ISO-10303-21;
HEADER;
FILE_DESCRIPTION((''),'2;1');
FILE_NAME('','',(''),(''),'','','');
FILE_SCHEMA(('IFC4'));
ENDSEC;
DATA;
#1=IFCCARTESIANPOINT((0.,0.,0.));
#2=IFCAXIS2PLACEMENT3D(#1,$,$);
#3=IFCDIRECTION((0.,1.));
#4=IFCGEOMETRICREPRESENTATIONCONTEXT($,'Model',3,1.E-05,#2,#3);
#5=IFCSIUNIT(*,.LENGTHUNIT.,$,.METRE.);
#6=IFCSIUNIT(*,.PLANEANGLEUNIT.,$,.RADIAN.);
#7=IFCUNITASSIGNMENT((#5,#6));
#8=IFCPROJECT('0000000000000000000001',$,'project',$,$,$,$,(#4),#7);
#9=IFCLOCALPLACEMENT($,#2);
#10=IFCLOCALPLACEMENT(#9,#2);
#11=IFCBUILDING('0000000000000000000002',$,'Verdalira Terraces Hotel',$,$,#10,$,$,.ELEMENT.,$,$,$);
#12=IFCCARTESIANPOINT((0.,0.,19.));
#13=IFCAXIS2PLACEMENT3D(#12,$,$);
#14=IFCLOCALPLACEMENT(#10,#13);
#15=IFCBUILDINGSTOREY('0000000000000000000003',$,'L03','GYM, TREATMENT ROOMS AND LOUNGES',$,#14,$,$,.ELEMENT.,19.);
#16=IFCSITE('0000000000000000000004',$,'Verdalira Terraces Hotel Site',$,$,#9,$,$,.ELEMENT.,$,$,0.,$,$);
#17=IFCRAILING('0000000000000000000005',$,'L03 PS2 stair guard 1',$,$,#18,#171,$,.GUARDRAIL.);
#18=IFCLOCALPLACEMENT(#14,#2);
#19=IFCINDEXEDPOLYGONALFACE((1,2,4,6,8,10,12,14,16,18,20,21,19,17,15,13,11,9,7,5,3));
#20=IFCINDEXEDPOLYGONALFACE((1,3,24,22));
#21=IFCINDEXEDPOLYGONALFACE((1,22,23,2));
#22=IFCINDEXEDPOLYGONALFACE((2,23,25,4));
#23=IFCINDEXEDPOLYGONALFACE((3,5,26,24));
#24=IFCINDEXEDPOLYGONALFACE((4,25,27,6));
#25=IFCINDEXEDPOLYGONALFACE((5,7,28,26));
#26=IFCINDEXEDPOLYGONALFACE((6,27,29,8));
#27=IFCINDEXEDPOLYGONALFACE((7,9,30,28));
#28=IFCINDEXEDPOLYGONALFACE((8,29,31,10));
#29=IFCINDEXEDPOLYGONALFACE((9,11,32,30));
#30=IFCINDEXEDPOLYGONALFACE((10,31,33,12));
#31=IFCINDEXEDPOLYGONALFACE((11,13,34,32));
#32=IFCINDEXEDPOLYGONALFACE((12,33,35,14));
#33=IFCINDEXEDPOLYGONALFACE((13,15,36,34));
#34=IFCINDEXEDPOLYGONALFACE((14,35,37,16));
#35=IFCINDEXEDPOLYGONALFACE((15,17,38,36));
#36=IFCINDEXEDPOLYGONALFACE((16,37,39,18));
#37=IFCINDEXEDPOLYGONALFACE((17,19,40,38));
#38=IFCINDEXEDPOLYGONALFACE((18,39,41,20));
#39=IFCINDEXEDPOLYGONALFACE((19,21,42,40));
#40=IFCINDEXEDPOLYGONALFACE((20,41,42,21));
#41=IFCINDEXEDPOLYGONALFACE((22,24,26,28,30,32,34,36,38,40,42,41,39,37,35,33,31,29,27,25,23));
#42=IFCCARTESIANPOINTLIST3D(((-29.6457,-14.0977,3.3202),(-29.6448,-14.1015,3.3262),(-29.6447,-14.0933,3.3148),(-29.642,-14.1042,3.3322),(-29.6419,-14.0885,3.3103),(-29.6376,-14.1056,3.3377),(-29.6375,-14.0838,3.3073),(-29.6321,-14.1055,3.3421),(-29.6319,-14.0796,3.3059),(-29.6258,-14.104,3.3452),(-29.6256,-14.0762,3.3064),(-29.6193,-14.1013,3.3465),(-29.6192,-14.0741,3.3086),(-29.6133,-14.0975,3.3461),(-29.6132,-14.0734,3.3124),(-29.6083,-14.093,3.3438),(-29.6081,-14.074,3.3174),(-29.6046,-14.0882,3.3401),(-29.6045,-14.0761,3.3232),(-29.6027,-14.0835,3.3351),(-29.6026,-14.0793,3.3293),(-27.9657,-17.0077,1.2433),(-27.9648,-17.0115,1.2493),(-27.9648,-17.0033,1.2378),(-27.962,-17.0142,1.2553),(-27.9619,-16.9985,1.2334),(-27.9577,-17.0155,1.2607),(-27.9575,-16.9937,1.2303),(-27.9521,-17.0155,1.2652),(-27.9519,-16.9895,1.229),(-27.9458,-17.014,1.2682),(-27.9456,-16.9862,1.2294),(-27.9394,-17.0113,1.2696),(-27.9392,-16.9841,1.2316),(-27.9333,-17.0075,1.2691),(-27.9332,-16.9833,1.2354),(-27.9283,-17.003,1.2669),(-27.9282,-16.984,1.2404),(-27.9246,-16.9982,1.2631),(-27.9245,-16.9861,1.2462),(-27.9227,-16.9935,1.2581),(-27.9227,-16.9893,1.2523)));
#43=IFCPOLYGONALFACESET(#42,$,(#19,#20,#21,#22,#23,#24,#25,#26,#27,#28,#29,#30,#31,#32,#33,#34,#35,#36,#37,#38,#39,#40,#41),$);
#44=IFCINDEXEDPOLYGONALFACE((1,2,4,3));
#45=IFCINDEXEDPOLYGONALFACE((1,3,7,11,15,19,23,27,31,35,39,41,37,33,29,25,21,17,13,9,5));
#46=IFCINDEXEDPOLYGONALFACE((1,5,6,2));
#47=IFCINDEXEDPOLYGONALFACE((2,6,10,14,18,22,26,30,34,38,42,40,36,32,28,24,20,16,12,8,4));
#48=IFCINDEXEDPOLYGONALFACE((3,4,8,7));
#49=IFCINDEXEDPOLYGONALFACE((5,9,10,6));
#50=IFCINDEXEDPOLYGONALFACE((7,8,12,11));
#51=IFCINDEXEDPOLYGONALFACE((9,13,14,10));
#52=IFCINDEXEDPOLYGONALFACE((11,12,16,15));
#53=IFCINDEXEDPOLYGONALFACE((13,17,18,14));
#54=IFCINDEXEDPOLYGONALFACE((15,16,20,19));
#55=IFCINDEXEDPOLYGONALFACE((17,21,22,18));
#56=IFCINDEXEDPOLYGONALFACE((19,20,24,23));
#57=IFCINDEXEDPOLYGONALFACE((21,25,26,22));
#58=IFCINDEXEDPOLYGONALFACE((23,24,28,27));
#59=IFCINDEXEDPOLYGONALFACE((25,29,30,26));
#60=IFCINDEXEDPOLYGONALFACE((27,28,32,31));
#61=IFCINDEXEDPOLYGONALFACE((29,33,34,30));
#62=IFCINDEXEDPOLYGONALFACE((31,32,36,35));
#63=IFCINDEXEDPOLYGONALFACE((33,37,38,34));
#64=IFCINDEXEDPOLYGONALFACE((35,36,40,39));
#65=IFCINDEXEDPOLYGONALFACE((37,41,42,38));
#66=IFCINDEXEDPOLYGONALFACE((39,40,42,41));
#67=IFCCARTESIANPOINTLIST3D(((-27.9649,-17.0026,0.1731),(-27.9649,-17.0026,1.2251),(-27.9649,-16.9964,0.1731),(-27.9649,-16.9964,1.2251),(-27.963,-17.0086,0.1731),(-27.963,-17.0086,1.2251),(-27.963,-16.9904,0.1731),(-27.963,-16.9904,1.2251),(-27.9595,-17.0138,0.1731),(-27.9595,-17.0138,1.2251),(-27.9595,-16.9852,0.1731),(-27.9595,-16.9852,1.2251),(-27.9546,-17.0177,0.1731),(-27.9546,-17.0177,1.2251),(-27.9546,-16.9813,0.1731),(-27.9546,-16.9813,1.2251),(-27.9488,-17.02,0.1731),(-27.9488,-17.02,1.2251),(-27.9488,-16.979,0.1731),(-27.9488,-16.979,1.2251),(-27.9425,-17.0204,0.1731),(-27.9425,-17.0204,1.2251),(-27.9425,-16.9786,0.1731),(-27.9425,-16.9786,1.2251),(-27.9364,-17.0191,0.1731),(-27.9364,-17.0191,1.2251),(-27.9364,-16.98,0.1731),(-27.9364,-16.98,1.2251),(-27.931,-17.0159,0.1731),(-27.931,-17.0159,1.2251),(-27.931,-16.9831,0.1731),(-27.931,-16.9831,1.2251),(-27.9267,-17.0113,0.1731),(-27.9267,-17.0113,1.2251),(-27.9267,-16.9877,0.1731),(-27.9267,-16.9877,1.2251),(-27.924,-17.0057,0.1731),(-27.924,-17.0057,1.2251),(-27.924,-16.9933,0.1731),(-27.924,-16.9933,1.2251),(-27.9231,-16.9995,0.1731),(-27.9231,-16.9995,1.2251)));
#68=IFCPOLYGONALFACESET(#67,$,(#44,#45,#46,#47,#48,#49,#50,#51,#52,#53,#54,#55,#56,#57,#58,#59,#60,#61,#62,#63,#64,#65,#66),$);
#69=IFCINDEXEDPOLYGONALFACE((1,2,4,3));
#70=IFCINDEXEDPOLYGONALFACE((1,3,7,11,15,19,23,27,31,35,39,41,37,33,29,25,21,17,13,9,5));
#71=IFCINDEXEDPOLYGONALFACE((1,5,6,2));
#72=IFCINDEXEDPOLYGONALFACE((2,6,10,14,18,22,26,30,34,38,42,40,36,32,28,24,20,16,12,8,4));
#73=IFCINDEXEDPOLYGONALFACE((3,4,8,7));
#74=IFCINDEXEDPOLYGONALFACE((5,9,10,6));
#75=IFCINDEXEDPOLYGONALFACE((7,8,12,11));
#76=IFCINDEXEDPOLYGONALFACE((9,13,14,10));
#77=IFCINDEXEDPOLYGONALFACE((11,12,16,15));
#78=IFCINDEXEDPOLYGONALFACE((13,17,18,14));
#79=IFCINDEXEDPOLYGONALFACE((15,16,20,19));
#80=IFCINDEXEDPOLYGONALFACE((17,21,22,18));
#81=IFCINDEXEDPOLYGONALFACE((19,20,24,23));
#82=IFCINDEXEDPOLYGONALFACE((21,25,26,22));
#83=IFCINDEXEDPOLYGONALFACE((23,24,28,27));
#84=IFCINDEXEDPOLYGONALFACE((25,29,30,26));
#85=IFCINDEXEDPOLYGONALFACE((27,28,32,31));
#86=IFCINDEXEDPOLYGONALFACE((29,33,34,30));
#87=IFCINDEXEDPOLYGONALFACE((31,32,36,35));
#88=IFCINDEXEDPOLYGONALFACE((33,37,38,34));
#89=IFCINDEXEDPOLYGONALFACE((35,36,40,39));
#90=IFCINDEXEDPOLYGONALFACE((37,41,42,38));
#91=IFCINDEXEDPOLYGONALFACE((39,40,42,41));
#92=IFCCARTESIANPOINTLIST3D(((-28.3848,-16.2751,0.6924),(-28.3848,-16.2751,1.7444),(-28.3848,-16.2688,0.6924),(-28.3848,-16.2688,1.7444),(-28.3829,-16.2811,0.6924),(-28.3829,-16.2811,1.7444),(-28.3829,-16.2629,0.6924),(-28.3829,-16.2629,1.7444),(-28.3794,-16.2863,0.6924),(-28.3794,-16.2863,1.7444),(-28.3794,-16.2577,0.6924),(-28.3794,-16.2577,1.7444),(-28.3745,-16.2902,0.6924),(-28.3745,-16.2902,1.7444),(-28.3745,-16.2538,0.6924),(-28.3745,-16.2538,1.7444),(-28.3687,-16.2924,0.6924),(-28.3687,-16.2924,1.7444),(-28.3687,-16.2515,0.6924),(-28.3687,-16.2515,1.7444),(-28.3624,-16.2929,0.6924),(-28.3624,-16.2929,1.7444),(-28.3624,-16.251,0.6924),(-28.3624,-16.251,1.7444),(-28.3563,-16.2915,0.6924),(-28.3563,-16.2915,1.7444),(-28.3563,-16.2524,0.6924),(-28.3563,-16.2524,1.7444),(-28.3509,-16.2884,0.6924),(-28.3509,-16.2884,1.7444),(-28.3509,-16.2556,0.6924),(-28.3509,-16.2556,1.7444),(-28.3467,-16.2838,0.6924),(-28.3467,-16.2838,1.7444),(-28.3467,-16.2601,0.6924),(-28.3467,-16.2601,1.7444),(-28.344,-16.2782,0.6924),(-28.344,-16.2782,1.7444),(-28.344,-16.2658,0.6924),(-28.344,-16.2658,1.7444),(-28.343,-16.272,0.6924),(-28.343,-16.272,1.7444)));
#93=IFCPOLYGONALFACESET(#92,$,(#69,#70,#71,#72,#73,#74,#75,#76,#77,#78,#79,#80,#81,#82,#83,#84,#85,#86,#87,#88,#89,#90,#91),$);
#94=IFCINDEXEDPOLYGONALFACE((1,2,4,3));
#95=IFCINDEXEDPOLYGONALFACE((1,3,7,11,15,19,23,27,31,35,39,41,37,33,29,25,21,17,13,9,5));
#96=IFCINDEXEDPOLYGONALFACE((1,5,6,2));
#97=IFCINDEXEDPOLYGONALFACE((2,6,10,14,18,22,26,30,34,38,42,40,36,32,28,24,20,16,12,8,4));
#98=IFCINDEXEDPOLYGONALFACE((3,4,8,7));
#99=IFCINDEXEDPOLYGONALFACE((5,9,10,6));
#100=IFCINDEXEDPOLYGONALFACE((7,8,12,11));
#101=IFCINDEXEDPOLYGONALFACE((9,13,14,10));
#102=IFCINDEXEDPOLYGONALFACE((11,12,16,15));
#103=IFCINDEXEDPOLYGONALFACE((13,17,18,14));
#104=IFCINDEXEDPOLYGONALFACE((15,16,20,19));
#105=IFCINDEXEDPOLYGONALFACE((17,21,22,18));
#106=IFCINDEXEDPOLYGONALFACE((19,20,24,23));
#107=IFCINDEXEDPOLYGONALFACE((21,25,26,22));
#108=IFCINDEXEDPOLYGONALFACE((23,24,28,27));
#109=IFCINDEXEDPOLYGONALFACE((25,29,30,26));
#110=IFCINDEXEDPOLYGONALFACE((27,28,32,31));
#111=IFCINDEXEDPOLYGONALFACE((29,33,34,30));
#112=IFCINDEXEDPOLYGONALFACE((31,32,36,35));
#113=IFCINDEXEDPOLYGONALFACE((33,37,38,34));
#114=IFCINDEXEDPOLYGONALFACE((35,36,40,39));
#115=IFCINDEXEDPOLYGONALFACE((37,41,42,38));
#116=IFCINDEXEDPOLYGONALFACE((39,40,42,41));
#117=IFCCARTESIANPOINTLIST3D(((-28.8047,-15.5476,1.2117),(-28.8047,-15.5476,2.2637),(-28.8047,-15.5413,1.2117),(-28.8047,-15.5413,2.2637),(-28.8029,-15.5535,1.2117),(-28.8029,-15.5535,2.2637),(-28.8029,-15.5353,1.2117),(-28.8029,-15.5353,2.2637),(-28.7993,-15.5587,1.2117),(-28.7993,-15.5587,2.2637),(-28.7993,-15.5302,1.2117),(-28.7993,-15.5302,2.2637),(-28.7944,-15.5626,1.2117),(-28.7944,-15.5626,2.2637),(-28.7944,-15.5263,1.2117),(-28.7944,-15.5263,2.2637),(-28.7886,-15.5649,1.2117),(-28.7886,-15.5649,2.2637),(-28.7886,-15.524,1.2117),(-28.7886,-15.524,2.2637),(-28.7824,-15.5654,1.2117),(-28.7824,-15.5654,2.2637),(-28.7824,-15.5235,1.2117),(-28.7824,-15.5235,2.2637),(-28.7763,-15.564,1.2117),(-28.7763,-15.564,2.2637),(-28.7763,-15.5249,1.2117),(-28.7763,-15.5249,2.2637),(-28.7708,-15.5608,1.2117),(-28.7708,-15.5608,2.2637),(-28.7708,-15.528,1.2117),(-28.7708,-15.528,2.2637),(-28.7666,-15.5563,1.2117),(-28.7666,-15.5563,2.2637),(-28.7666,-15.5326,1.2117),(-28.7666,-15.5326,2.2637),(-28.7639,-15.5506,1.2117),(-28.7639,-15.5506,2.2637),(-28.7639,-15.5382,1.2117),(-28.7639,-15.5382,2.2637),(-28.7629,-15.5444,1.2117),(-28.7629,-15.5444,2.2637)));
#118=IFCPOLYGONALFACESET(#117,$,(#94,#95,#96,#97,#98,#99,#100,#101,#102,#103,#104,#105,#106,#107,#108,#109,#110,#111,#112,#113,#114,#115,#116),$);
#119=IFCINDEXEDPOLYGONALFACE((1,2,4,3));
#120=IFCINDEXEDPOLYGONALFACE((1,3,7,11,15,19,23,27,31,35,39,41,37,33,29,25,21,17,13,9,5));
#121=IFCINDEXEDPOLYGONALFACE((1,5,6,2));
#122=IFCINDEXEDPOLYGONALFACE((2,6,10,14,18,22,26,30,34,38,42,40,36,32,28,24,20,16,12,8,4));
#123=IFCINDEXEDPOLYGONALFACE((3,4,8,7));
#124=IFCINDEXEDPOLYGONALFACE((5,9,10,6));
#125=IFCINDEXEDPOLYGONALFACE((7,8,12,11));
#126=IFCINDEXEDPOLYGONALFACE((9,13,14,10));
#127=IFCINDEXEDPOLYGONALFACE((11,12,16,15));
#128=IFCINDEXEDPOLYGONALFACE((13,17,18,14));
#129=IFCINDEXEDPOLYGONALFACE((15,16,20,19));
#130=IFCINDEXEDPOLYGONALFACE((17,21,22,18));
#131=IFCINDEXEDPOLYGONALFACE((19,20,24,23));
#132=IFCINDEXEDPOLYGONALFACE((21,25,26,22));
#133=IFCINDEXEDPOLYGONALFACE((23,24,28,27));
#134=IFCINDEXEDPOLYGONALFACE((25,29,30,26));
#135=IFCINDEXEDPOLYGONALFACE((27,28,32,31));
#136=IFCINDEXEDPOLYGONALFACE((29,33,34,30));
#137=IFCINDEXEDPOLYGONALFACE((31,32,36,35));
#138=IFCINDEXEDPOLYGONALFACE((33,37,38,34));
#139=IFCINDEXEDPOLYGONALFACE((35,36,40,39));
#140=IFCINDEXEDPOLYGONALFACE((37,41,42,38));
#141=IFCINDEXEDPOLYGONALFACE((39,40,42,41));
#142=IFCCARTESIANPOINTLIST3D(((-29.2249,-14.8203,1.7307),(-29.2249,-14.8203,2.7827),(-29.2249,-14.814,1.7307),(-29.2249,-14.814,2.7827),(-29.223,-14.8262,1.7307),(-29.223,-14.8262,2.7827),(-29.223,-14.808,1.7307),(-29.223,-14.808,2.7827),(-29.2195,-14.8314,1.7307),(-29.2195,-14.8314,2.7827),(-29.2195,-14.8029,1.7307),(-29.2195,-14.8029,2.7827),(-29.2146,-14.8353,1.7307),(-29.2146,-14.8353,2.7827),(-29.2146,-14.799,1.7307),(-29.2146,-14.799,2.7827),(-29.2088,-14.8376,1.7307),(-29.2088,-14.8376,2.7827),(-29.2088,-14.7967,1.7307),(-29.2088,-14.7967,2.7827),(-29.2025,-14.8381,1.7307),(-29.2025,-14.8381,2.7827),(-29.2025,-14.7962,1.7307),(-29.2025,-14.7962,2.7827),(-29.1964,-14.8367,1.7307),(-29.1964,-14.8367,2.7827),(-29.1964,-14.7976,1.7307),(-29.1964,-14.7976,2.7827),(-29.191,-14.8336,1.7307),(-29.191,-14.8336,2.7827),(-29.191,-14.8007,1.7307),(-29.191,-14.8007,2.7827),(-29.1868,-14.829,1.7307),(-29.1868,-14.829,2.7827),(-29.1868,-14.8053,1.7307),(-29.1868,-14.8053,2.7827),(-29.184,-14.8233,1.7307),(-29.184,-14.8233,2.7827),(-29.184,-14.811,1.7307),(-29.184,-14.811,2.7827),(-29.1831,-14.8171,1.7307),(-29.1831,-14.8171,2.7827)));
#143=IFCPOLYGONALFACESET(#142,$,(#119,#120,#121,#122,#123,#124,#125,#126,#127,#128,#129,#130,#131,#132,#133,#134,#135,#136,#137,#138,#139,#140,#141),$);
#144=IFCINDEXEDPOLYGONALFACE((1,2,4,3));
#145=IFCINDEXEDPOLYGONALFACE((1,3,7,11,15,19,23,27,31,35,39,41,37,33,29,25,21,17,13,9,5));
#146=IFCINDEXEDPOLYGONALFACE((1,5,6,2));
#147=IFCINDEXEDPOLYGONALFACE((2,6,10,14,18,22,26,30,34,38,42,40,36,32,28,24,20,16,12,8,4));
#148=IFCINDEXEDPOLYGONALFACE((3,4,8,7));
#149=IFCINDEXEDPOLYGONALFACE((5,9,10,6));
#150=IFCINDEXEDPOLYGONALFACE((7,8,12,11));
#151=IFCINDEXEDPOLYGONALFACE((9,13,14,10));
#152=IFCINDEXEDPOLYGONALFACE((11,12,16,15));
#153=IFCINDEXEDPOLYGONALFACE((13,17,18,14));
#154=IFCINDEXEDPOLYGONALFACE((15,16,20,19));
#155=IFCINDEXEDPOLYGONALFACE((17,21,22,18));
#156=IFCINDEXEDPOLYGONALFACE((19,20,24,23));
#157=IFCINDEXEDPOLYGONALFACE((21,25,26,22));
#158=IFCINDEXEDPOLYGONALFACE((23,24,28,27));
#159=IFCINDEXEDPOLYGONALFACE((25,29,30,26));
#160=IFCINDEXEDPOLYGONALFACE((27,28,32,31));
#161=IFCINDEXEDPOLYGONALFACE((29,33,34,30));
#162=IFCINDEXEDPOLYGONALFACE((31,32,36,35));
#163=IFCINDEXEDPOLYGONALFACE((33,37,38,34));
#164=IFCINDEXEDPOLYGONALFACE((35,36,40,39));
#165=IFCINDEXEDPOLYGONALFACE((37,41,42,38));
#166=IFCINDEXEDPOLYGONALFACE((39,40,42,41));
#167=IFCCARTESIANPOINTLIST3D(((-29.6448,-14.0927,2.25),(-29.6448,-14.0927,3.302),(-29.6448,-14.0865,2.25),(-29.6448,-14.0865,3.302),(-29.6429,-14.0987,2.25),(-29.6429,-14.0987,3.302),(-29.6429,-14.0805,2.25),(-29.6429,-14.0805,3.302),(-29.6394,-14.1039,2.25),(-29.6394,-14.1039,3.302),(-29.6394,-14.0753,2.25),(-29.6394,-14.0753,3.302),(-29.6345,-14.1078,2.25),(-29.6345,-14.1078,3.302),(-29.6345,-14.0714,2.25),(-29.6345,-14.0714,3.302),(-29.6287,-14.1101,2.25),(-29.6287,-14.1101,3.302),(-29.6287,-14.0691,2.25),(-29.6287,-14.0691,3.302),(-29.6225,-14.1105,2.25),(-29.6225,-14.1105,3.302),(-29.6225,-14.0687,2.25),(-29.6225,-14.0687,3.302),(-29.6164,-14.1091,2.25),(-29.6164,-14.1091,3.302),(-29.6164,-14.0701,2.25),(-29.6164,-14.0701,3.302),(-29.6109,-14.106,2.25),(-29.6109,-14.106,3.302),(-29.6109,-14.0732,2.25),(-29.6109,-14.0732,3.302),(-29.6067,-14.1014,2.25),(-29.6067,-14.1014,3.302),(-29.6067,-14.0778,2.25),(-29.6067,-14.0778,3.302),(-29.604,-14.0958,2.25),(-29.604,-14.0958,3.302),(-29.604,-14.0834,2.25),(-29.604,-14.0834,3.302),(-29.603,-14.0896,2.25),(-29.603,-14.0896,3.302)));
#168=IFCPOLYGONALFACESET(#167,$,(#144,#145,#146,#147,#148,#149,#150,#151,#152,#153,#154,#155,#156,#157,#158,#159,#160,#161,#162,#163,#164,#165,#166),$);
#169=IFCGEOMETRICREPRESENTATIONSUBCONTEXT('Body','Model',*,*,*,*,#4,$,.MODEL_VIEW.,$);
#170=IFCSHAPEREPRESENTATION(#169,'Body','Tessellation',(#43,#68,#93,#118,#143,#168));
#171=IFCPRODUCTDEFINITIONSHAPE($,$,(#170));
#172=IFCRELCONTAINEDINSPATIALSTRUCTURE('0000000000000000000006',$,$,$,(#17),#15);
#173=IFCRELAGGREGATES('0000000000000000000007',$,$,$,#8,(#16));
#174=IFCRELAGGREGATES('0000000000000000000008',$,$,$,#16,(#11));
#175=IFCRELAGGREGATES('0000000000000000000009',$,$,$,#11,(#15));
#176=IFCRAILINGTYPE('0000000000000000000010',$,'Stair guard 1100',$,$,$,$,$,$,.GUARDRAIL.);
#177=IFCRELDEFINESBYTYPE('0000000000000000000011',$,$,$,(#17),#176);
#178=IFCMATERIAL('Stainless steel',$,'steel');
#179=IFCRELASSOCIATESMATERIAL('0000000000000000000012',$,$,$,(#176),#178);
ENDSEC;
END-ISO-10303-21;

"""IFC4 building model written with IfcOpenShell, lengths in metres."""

from ifc_helpers import new_model, si_unit, direction, frame, origin, origin_2d, place, context, subcontext, project, spatial, circle, extrude, material, type_object, element, save


model = new_model("IFC4")

# Units and contexts
model_context = context("Model", 3, precision=1e-05, world=origin(), true_north=direction((0.0, 1.0)))
body_context = subcontext(model_context, "Body", "Model", "MODEL_VIEW")
ifc_project = project(units=[si_unit("LENGTHUNIT", "METRE"), si_unit("PLANEANGLEUNIT", "RADIAN")], contexts=[model_context])

# Site, building, storey
site_placement = place(None, origin())
site = spatial("IfcSite", under=ifc_project, at=site_placement, Name="Verdalira Terraces Hotel Site", CompositionType="ELEMENT", RefElevation=0.0)
building_placement = place(site_placement, origin())
building = spatial("IfcBuilding", under=site, at=building_placement, Name="Verdalira Terraces Hotel", CompositionType="ELEMENT")
storey_placement = place(building_placement, frame((0.0, 0.0, 19.0)))
storey = spatial("IfcBuildingStorey", under=building, at=storey_placement, Name="L03", Description="GYM, TREATMENT ROOMS AND LOUNGES", CompositionType="ELEMENT", Elevation=19.0)

# Railing
ifc_material_1 = material(Name="Stainless steel", Category="steel")
railing_type_1 = type_object("IfcRailingType", Name="Stair guard 1100", PredefinedType="GUARDRAIL", material=ifc_material_1)
railing_1_placement = place(storey_placement, frame((-27.9441, -16.9995, 0.1731)))
element("IfcRailing", 1, at=railing_1_placement, inside=storey, type_object=railing_type_1, Name="L03 PS2 stair guard 1", PredefinedType="GUARDRAIL", context=body_context, shape_type="SweptSolid", body=[
    extrude(circle(Radius=0.0239, at=origin_2d()), frame((0.0, 0.0, 1.0762), z_axis=(-0.425288, 0.736668, 0.525785), x_axis=(-0.866039, -0.499976, 0.0)), (0.0, 0.0, 1.0), 3.9502),
    extrude(circle(Radius=0.021, at=origin_2d()), origin(), (0.0, 0.0, 1.0), 1.052),
    extrude(circle(Radius=0.021, at=origin_2d()), frame((-0.4199, 0.7275, 0.5193)), (0.0, 0.0, 1.0), 1.052),
    extrude(circle(Radius=0.021, at=origin_2d()), frame((-0.8398, 1.4551, 1.0386)), (0.0, 0.0, 1.0), 1.052),
    extrude(circle(Radius=0.021, at=origin_2d()), frame((-1.26, 2.1824, 1.5576)), (0.0, 0.0, 1.0), 1.052),
    extrude(circle(Radius=0.021, at=origin_2d()), frame((-1.6799, 2.9099, 2.0769)), (0.0, 0.0, 1.0), 1.052),
])

save(model, "model.ifc")
